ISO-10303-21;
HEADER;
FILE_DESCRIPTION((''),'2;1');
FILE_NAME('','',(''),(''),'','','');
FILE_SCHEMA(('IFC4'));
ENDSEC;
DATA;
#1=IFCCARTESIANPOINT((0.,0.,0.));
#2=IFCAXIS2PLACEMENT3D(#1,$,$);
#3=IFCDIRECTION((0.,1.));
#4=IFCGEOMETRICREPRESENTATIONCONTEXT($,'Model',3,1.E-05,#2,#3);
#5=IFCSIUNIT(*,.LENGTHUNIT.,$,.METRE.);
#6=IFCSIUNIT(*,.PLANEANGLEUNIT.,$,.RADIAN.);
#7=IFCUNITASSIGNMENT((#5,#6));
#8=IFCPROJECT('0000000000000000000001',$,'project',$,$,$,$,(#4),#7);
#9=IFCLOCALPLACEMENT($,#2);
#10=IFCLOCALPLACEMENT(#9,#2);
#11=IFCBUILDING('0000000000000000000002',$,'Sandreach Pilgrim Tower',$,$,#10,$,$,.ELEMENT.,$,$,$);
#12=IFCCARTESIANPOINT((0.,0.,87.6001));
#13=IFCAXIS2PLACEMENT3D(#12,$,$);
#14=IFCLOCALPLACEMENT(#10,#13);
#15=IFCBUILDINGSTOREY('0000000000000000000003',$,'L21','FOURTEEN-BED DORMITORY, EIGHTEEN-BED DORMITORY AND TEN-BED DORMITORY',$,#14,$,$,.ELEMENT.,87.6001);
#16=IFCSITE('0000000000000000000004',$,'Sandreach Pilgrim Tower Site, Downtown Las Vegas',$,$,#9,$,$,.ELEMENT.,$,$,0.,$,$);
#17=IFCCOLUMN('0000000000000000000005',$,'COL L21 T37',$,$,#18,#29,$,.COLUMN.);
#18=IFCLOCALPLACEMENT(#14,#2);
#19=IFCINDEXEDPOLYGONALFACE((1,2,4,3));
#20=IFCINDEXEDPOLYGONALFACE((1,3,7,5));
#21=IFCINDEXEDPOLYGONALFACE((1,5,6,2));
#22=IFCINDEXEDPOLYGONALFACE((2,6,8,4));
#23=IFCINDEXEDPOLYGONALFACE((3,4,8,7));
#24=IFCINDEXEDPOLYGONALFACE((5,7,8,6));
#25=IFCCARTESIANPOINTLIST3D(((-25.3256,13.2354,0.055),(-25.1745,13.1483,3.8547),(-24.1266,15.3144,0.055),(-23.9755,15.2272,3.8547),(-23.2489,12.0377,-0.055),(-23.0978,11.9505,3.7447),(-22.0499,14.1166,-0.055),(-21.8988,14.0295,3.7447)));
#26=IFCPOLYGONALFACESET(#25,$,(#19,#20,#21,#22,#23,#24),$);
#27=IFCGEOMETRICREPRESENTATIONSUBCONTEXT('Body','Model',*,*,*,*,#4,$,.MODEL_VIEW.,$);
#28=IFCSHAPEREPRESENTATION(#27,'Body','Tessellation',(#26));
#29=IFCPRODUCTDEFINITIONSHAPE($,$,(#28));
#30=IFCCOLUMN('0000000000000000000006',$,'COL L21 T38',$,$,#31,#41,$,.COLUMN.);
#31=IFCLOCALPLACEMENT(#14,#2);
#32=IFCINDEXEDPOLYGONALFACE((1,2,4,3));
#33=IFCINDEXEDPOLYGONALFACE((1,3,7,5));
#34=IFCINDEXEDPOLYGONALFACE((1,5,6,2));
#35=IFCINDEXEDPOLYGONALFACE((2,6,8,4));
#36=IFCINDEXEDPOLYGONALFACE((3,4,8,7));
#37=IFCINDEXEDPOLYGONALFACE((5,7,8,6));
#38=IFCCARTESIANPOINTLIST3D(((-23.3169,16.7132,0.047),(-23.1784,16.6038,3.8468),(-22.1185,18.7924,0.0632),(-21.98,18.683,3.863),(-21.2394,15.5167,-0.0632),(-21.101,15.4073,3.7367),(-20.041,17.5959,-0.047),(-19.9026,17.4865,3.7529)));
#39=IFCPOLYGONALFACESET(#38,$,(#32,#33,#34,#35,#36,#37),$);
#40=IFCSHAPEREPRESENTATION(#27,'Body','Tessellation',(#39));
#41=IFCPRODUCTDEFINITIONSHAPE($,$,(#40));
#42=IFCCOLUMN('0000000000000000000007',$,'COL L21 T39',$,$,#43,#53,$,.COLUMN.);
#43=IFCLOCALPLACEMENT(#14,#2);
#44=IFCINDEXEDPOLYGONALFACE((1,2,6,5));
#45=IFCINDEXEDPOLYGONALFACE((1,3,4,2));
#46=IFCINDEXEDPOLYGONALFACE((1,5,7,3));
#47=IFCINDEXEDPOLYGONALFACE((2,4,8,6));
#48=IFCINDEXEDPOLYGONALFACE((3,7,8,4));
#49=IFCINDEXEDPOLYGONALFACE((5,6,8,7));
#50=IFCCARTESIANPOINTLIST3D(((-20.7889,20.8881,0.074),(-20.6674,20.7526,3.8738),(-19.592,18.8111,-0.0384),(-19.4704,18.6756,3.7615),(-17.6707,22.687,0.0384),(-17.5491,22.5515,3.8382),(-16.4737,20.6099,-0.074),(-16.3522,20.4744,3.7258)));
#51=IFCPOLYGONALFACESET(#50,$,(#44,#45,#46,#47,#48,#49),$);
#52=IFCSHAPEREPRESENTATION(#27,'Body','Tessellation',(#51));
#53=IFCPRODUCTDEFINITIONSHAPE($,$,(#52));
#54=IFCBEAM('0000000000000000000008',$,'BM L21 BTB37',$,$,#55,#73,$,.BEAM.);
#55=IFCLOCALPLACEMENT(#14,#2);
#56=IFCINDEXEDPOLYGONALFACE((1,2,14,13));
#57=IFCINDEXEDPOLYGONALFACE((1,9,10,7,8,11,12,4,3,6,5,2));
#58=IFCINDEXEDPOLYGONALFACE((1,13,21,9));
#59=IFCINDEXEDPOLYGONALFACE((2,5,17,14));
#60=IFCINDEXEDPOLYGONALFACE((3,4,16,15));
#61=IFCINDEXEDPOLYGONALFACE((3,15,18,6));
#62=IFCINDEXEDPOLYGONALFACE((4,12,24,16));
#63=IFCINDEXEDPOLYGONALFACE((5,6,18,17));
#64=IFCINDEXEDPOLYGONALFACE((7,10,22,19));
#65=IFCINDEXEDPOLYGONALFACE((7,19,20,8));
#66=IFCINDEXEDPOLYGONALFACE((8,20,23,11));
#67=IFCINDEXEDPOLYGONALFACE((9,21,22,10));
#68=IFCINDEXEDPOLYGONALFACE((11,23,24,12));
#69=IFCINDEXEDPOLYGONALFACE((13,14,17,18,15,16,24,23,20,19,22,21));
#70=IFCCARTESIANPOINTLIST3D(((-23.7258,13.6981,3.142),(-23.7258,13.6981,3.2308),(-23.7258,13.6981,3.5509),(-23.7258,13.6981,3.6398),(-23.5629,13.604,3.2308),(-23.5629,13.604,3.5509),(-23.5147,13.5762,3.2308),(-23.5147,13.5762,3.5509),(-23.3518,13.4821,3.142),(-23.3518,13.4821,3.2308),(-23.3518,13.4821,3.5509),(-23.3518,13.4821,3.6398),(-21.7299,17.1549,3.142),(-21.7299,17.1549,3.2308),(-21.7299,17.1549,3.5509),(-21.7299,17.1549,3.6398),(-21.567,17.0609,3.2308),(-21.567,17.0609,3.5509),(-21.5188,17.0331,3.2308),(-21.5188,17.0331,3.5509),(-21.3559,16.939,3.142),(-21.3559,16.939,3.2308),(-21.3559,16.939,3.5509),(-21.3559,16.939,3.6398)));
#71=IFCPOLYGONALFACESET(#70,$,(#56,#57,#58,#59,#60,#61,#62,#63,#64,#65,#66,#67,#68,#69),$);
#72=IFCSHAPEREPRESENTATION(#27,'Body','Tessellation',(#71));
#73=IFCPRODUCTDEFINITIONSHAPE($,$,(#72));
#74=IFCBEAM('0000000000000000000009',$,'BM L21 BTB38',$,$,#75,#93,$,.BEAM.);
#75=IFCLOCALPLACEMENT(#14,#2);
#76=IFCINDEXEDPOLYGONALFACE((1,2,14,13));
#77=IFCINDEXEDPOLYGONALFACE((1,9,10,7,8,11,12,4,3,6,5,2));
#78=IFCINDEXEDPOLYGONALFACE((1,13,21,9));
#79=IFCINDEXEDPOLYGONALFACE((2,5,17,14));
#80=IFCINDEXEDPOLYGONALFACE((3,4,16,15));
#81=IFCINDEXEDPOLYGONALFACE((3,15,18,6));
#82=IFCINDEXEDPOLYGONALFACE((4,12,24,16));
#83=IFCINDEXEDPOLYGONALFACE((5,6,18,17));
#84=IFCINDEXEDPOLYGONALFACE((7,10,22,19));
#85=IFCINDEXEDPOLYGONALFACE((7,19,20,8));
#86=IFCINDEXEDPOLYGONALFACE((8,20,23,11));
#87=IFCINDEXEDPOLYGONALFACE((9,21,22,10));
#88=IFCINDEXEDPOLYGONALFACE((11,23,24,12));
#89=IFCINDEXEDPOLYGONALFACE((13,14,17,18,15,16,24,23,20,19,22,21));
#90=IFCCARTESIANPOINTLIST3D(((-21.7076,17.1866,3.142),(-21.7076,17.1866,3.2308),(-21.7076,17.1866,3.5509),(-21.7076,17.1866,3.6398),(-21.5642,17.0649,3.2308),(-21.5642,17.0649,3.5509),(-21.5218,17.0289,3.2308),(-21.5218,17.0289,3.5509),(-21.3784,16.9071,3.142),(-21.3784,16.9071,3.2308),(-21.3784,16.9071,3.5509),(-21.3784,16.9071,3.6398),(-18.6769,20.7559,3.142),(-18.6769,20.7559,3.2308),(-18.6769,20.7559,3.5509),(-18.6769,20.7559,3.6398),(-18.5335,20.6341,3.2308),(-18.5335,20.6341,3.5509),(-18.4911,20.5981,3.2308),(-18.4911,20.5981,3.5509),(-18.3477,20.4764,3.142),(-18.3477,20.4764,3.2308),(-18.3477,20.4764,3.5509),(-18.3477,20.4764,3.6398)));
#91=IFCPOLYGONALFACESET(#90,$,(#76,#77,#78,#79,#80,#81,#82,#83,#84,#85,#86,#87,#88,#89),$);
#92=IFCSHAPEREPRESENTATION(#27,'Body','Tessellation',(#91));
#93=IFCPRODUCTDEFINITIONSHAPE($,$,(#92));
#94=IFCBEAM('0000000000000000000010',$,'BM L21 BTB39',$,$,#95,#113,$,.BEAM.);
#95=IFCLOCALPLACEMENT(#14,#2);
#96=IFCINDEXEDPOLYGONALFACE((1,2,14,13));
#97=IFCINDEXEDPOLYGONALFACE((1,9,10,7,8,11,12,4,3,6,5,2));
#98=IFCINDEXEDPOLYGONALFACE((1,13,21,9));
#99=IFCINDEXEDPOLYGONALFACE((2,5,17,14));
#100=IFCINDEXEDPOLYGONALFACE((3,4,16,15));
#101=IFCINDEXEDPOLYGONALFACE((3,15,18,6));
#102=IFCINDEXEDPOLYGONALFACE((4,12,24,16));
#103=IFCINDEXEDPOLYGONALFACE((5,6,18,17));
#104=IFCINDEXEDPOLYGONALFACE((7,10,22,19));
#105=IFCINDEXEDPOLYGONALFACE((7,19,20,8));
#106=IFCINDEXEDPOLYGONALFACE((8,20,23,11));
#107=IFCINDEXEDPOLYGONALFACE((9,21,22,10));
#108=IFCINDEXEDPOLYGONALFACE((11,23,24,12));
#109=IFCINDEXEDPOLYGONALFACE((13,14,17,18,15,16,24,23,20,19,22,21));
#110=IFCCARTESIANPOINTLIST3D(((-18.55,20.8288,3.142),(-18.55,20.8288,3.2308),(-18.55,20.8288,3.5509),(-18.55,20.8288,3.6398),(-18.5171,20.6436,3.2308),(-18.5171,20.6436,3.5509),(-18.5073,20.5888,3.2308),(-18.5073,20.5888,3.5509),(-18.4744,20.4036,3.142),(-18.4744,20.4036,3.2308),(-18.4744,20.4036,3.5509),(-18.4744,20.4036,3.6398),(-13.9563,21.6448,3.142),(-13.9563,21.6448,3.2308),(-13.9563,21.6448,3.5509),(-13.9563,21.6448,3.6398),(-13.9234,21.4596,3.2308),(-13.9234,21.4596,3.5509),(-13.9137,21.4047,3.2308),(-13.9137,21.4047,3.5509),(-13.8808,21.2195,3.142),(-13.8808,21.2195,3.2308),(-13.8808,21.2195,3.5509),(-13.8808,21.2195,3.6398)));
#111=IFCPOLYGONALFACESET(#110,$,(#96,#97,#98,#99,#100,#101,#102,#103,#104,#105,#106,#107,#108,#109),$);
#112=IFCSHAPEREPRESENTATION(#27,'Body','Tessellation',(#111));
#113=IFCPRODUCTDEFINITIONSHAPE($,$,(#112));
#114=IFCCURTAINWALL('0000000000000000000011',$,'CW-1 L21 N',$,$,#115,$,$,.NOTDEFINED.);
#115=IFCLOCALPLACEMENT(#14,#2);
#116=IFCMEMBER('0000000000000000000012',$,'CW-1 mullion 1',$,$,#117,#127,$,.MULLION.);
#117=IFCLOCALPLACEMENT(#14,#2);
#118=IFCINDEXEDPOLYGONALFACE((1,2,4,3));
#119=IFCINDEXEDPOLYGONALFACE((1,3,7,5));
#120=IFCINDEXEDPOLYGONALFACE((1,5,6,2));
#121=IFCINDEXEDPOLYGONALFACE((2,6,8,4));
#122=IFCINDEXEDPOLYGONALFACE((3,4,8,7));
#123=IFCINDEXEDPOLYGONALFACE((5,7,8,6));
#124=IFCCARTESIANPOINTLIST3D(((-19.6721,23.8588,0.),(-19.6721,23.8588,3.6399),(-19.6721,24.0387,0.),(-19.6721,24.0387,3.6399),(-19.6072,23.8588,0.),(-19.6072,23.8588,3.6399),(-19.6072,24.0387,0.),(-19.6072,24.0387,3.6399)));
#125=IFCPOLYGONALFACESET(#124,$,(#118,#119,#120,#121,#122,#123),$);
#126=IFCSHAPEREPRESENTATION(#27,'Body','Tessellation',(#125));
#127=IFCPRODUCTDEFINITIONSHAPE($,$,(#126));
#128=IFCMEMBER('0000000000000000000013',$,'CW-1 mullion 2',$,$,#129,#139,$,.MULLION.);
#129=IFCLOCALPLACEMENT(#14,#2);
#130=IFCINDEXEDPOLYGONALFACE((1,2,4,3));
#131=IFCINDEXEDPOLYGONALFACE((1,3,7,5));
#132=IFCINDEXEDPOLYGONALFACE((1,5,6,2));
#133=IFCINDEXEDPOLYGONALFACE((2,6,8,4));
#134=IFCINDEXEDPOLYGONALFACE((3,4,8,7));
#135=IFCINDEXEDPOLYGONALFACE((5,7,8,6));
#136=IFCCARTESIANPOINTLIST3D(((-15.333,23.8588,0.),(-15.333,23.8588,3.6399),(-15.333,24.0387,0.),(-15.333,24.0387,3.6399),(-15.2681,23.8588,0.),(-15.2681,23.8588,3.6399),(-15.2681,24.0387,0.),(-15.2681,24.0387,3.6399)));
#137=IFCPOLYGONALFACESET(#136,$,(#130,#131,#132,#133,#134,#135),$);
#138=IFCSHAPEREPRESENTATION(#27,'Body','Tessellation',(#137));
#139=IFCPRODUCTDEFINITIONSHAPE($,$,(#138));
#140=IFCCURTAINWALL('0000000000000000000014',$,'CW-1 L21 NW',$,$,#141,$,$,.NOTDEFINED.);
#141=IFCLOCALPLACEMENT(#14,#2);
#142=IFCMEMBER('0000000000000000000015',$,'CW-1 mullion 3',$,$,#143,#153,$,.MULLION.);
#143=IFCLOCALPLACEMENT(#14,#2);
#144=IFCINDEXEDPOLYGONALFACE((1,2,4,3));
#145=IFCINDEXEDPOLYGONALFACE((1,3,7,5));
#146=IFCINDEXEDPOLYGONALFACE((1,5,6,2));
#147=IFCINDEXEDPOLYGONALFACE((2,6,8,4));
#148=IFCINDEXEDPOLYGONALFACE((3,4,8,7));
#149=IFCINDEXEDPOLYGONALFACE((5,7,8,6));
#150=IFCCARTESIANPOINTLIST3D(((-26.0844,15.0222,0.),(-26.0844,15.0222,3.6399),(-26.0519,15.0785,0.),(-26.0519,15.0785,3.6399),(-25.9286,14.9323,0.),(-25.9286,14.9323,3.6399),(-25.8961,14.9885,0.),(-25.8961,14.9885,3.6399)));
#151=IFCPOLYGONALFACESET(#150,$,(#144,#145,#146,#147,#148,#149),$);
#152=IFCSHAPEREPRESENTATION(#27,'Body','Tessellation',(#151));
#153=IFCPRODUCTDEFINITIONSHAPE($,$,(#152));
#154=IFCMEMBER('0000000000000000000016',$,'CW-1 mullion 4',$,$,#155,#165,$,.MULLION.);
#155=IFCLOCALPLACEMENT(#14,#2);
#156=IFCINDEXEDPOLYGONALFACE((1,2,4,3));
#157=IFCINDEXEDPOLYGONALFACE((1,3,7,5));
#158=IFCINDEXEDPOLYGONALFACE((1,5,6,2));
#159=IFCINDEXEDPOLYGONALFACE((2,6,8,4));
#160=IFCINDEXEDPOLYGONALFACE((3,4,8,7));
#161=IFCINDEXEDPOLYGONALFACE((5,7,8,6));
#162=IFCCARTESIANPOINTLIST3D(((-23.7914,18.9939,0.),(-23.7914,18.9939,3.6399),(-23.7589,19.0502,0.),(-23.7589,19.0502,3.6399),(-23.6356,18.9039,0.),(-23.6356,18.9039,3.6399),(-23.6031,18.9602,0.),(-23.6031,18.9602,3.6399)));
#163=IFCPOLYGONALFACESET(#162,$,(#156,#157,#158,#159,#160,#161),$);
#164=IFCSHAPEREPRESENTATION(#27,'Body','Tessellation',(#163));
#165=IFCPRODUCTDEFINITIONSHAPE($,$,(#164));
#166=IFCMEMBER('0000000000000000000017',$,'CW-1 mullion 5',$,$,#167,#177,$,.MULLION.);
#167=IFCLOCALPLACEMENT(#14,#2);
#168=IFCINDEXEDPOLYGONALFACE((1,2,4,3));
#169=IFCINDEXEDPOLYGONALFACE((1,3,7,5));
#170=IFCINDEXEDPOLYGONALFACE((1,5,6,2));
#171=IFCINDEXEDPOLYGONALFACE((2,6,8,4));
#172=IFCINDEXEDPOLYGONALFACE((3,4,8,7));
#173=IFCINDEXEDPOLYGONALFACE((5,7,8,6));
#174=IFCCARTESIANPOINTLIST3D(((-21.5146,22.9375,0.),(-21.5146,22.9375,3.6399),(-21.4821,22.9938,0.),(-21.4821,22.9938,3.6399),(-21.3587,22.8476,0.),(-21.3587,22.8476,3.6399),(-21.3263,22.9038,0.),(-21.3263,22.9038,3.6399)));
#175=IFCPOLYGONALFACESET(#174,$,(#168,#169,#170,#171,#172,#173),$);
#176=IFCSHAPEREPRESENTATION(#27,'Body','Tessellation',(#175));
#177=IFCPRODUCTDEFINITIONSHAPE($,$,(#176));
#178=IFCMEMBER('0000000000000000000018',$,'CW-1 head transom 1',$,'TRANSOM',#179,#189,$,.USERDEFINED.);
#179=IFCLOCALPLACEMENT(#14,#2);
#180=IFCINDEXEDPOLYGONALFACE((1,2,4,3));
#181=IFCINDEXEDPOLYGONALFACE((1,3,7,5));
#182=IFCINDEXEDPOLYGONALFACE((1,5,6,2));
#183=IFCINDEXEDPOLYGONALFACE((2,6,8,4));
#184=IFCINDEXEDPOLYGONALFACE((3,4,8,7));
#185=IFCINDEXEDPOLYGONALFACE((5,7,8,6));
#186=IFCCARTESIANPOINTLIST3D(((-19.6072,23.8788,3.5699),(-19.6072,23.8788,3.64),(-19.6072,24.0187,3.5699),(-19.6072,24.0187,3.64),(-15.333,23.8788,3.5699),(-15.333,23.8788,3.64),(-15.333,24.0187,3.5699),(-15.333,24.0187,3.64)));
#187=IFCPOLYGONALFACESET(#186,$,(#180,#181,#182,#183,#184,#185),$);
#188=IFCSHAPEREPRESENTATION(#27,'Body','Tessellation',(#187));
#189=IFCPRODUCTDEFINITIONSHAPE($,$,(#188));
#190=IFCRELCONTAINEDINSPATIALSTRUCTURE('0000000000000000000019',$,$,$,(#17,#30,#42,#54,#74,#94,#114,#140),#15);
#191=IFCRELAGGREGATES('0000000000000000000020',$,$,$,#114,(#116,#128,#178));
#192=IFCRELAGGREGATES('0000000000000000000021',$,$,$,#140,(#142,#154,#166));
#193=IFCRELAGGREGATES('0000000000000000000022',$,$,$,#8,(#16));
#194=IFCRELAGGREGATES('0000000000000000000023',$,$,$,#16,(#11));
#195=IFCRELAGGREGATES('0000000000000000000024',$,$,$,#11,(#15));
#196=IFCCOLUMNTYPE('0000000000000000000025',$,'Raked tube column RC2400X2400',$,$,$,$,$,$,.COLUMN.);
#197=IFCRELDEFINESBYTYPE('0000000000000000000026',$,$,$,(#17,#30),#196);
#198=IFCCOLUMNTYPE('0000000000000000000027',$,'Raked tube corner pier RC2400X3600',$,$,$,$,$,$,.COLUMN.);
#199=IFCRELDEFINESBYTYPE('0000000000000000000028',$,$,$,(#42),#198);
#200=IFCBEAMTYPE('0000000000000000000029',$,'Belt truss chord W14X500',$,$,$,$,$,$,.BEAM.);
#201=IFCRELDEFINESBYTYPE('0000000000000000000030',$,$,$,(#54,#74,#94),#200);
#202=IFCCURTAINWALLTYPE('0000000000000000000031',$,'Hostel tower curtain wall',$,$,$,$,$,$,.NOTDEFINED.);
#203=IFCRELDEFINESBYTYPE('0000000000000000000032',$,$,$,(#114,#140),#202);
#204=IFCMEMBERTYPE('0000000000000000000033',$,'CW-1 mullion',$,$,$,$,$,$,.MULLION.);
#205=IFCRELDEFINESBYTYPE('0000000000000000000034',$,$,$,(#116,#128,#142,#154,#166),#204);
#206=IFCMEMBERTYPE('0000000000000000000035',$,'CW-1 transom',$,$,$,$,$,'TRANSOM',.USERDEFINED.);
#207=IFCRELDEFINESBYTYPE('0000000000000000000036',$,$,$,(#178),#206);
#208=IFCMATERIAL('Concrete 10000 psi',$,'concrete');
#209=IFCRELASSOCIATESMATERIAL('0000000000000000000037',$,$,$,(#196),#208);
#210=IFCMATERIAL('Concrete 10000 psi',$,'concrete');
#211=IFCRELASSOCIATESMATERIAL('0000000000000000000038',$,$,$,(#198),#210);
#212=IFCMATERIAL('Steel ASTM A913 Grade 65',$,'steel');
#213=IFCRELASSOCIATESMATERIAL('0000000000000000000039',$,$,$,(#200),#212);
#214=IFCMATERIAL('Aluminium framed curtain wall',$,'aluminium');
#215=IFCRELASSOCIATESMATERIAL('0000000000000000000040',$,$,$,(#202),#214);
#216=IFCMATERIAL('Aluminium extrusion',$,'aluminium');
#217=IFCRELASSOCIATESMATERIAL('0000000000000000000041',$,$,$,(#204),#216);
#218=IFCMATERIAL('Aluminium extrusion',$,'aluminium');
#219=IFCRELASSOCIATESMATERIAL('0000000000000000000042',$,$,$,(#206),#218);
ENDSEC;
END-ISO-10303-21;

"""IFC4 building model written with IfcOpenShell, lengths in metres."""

from ifc_helpers import new_model, si_unit, direction, frame, origin, origin_2d, place, context, subcontext, project, spatial, rectangle, i_section, extrude, material, material_profile, profile_set, type_object, element, aggregate, save


model = new_model("IFC4")

# Units and contexts
model_context = context("Model", 3, precision=1e-05, world=origin(), true_north=direction((0.0, 1.0)))
body_context = subcontext(model_context, "Body", "Model", "MODEL_VIEW")
ifc_project = project(units=[si_unit("LENGTHUNIT", "METRE"), si_unit("PLANEANGLEUNIT", "RADIAN")], contexts=[model_context])

# Site, building, storey
site_placement = place(None, origin())
site = spatial("IfcSite", under=ifc_project, at=site_placement, Name="Sandreach Pilgrim Tower Site, Downtown Las Vegas", CompositionType="ELEMENT", RefElevation=0.0)
building_placement = place(site_placement, origin())
building = spatial("IfcBuilding", under=site, at=building_placement, Name="Sandreach Pilgrim Tower", CompositionType="ELEMENT")
storey_placement = place(building_placement, frame((0.0, 0.0, 87.6001)))
storey = spatial("IfcBuildingStorey", under=building, at=storey_placement, Name="L21", Description="FOURTEEN-BED DORMITORY, EIGHTEEN-BED DORMITORY AND TEN-BED DORMITORY", CompositionType="ELEMENT", Elevation=87.6001)

# Columns
ifc_material_1 = material(Name="Concrete 10000 psi", Category="concrete")
ifc_material_profile_1 = material_profile(ifc_material_1, rectangle(XDim=2.3999, YDim=2.3999, at=origin_2d()), Name="RC2400X2400")
ifc_profile_set_1 = profile_set([ifc_material_profile_1], Name="Concrete 10000 psi")
column_type_1 = type_object("IfcColumnType", Name="Raked tube column RC2400X2400", PredefinedType="COLUMN", material=ifc_profile_set_1)
column_1_placement = place(storey_placement, frame((-23.6877, 13.676, 0.0), z_axis=(0.039729, -0.022913, 0.998948), x_axis=(-0.865344, 0.499076, 0.045863)))
element("IfcColumn", 1, at=column_1_placement, inside=storey, type_object=column_type_1, Name="COL L21 T37", PredefinedType="COLUMN", context=body_context, shape_type="SweptSolid", body=[
    extrude(rectangle(XDim=2.3999, YDim=2.3999, at=origin_2d()), origin(), (0.0, 0.0, 1.0), 3.8037),
])
column_2_placement = place(storey_placement, frame((-21.679, 17.1545, 0.0), z_axis=(0.036391, -0.028753, 0.998924), x_axis=(-0.86563, 0.498577, 0.045886)))
element("IfcColumn", 2, at=column_2_placement, inside=storey, type_object=column_type_1, Name="COL L21 T38", PredefinedType="COLUMN", context=body_context, shape_type="SweptSolid", body=[
    extrude(rectangle(XDim=2.3999, YDim=2.3999, at=origin_2d()), origin(), (0.0, 0.0, 1.0), 3.804),
])
ifc_material_2 = material(Name="Concrete 10000 psi", Category="concrete")
ifc_material_profile_2 = material_profile(ifc_material_2, rectangle(XDim=2.3999, YDim=3.6001, at=origin_2d()), Name="RC2400X3600")
ifc_profile_set_2 = profile_set([ifc_material_profile_2], Name="Concrete 10000 psi")
column_type_2 = type_object("IfcColumnType", Name="Raked tube corner pier RC2400X3600", PredefinedType="COLUMN", material=ifc_profile_set_2)
column_3_placement = place(storey_placement, frame((-18.6313, 20.749, 0.0), z_axis=(0.03196, -0.035618, 0.998854), x_axis=(-0.498743, 0.865485, 0.046821)))
element("IfcColumn", 3, at=column_3_placement, inside=storey, type_object=column_type_2, Name="COL L21 T39", PredefinedType="COLUMN", context=body_context, shape_type="SweptSolid", body=[
    extrude(rectangle(XDim=2.3999, YDim=3.6001, at=origin_2d()), origin(), (0.0, 0.0, 1.0), 3.8042),
])

# Beams
ifc_material_3 = material(Name="Steel ASTM A913 Grade 65", Category="steel")
ifc_material_profile_3 = material_profile(ifc_material_3, i_section(OverallWidth=0.4319, OverallDepth=0.4978, WebThickness=0.0557, FlangeThickness=0.0889, at=origin_2d()), Name="W14X500")
ifc_profile_set_3 = profile_set([ifc_material_profile_3], Name="Steel ASTM A913 Grade 65")
beam_type_1 = type_object("IfcBeamType", Name="Belt truss chord W14X500", PredefinedType="BEAM", material=ifc_profile_set_3)
beam_1_placement = place(storey_placement, frame((-23.5388, 13.5901, 3.3909), z_axis=(0.500014, 0.866018, 0.0), x_axis=(-0.866018, 0.500014, 0.0)))
element("IfcBeam", 4, at=beam_1_placement, inside=storey, type_object=beam_type_1, Name="BM L21 BTB37", PredefinedType="BEAM", context=body_context, shape_type="SweptSolid", body=[
    extrude(i_section(OverallWidth=0.4319, OverallDepth=0.4978, WebThickness=0.0557, FlangeThickness=0.0889, at=origin_2d()), origin(), (0.0, 0.0, 1.0), 3.9917),
])
beam_2_placement = place(storey_placement, frame((-21.543, 17.0469, 3.3909), z_axis=(0.647255, 0.762274, 0.0), x_axis=(-0.762274, 0.647255, 0.0)))
element("IfcBeam", 5, at=beam_2_placement, inside=storey, type_object=beam_type_1, Name="BM L21 BTB38", PredefinedType="BEAM", context=body_context, shape_type="SweptSolid", body=[
    extrude(i_section(OverallWidth=0.4319, OverallDepth=0.4978, WebThickness=0.0557, FlangeThickness=0.0889, at=origin_2d()), origin(), (0.0, 0.0, 1.0), 4.6824),
])
beam_3_placement = place(storey_placement, frame((-18.5122, 20.6162, 3.3909), z_axis=(0.984589, 0.174887, 0.0), x_axis=(-0.174887, 0.984589, 0.0)))
element("IfcBeam", 6, at=beam_3_placement, inside=storey, type_object=beam_type_1, Name="BM L21 BTB39", PredefinedType="BEAM", context=body_context, shape_type="SweptSolid", body=[
    extrude(i_section(OverallWidth=0.4319, OverallDepth=0.4978, WebThickness=0.0557, FlangeThickness=0.0889, at=origin_2d()), origin(), (0.0, 0.0, 1.0), 4.6655),
])

# Curtain walls, members
ifc_material_4 = material(Name="Aluminium framed curtain wall", Category="aluminium")
curtain_wall_type = type_object("IfcCurtainWallType", Name="Hostel tower curtain wall", PredefinedType="NOTDEFINED", material=ifc_material_4)
curtain_wall_1_placement = place(storey_placement, origin())
curtain_wall_1 = element("IfcCurtainWall", 7, at=curtain_wall_1_placement, inside=storey, type_object=curtain_wall_type, Name="CW-1 L21 N", PredefinedType="NOTDEFINED")
ifc_material_5 = material(Name="Aluminium extrusion", Category="aluminium")
ifc_material_profile_4 = material_profile(ifc_material_5, rectangle(XDim=0.0649, YDim=0.1799, at=origin_2d()), Name="CW-1M 65X180")
ifc_profile_set_4 = profile_set([ifc_material_profile_4], Name="Aluminium extrusion")
member_type_1 = type_object("IfcMemberType", Name="CW-1 mullion", PredefinedType="MULLION", material=ifc_profile_set_4)
member_1_placement = place(storey_placement, frame((-19.6396, 23.9487, 0.0), z_axis=(0.0, 0.0, 1.0), x_axis=(1.0, 0.0, 0.0)))
member_1 = element("IfcMember", 8, at=member_1_placement, type_object=member_type_1, Name="CW-1 mullion 1", PredefinedType="MULLION", context=body_context, shape_type="SweptSolid", body=[
    extrude(rectangle(XDim=0.0649, YDim=0.1799, at=origin_2d()), origin(), (0.0, 0.0, 1.0), 3.6399),
])
member_2_placement = place(storey_placement, frame((-15.3005, 23.9487, 0.0), z_axis=(0.0, 0.0, 1.0), x_axis=(1.0, 0.0, 0.0)))
member_2 = element("IfcMember", 9, at=member_2_placement, type_object=member_type_1, Name="CW-1 mullion 2", PredefinedType="MULLION", context=body_context, shape_type="SweptSolid", body=[
    extrude(rectangle(XDim=0.0649, YDim=0.1799, at=origin_2d()), origin(), (0.0, 0.0, 1.0), 3.6399),
])
curtain_wall_2_placement = place(storey_placement, origin())
curtain_wall_2 = element("IfcCurtainWall", 10, at=curtain_wall_2_placement, inside=storey, type_object=curtain_wall_type, Name="CW-1 L21 NW", PredefinedType="NOTDEFINED")
member_3_placement = place(storey_placement, frame((-25.9902, 15.0054, 0.0), z_axis=(0.0, 0.0, 1.0), x_axis=(0.5, 0.866025, 0.0)))
member_3 = element("IfcMember", 11, at=member_3_placement, type_object=member_type_1, Name="CW-1 mullion 3", PredefinedType="MULLION", context=body_context, shape_type="SweptSolid", body=[
    extrude(rectangle(XDim=0.0649, YDim=0.1799, at=origin_2d()), origin(), (0.0, 0.0, 1.0), 3.6399),
])
member_4_placement = place(storey_placement, frame((-23.6973, 18.9771, 0.0), z_axis=(0.0, 0.0, 1.0), x_axis=(0.5, 0.866025, 0.0)))
member_4 = element("IfcMember", 12, at=member_4_placement, type_object=member_type_1, Name="CW-1 mullion 4", PredefinedType="MULLION", context=body_context, shape_type="SweptSolid", body=[
    extrude(rectangle(XDim=0.0649, YDim=0.1799, at=origin_2d()), origin(), (0.0, 0.0, 1.0), 3.6399),
])
member_5_placement = place(storey_placement, frame((-21.4204, 22.9207, 0.0), z_axis=(0.0, 0.0, 1.0), x_axis=(0.5, 0.866025, 0.0)))
member_5 = element("IfcMember", 13, at=member_5_placement, type_object=member_type_1, Name="CW-1 mullion 5", PredefinedType="MULLION", context=body_context, shape_type="SweptSolid", body=[
    extrude(rectangle(XDim=0.0649, YDim=0.1799, at=origin_2d()), origin(), (0.0, 0.0, 1.0), 3.6399),
])

# Member
ifc_material_6 = material(Name="Aluminium extrusion", Category="aluminium")
ifc_material_profile_5 = material_profile(ifc_material_6, rectangle(XDim=0.1399, YDim=0.0701, at=origin_2d()), Name="CW-1T 140X70")
ifc_profile_set_5 = profile_set([ifc_material_profile_5], Name="Aluminium extrusion")
member_type_2 = type_object("IfcMemberType", Name="CW-1 transom", ElementType="TRANSOM", PredefinedType="USERDEFINED", material=ifc_profile_set_5)
member_6_placement = place(storey_placement, frame((-19.6072, 23.9487, 3.605), z_axis=(1.0, 0.0, 0.0), x_axis=(0.0, 1.0, 0.0)))
member_6 = element("IfcMember", 14, at=member_6_placement, type_object=member_type_2, Name="CW-1 head transom 1", ObjectType="TRANSOM", PredefinedType="USERDEFINED", context=body_context, shape_type="SweptSolid", body=[
    extrude(rectangle(XDim=0.1399, YDim=0.0701, at=origin_2d()), origin(), (0.0, 0.0, 1.0), 4.2742),
])

aggregate(curtain_wall_1, [member_1, member_2, member_6])
aggregate(curtain_wall_2, [member_3, member_4, member_5])

save(model, "model.ifc")
